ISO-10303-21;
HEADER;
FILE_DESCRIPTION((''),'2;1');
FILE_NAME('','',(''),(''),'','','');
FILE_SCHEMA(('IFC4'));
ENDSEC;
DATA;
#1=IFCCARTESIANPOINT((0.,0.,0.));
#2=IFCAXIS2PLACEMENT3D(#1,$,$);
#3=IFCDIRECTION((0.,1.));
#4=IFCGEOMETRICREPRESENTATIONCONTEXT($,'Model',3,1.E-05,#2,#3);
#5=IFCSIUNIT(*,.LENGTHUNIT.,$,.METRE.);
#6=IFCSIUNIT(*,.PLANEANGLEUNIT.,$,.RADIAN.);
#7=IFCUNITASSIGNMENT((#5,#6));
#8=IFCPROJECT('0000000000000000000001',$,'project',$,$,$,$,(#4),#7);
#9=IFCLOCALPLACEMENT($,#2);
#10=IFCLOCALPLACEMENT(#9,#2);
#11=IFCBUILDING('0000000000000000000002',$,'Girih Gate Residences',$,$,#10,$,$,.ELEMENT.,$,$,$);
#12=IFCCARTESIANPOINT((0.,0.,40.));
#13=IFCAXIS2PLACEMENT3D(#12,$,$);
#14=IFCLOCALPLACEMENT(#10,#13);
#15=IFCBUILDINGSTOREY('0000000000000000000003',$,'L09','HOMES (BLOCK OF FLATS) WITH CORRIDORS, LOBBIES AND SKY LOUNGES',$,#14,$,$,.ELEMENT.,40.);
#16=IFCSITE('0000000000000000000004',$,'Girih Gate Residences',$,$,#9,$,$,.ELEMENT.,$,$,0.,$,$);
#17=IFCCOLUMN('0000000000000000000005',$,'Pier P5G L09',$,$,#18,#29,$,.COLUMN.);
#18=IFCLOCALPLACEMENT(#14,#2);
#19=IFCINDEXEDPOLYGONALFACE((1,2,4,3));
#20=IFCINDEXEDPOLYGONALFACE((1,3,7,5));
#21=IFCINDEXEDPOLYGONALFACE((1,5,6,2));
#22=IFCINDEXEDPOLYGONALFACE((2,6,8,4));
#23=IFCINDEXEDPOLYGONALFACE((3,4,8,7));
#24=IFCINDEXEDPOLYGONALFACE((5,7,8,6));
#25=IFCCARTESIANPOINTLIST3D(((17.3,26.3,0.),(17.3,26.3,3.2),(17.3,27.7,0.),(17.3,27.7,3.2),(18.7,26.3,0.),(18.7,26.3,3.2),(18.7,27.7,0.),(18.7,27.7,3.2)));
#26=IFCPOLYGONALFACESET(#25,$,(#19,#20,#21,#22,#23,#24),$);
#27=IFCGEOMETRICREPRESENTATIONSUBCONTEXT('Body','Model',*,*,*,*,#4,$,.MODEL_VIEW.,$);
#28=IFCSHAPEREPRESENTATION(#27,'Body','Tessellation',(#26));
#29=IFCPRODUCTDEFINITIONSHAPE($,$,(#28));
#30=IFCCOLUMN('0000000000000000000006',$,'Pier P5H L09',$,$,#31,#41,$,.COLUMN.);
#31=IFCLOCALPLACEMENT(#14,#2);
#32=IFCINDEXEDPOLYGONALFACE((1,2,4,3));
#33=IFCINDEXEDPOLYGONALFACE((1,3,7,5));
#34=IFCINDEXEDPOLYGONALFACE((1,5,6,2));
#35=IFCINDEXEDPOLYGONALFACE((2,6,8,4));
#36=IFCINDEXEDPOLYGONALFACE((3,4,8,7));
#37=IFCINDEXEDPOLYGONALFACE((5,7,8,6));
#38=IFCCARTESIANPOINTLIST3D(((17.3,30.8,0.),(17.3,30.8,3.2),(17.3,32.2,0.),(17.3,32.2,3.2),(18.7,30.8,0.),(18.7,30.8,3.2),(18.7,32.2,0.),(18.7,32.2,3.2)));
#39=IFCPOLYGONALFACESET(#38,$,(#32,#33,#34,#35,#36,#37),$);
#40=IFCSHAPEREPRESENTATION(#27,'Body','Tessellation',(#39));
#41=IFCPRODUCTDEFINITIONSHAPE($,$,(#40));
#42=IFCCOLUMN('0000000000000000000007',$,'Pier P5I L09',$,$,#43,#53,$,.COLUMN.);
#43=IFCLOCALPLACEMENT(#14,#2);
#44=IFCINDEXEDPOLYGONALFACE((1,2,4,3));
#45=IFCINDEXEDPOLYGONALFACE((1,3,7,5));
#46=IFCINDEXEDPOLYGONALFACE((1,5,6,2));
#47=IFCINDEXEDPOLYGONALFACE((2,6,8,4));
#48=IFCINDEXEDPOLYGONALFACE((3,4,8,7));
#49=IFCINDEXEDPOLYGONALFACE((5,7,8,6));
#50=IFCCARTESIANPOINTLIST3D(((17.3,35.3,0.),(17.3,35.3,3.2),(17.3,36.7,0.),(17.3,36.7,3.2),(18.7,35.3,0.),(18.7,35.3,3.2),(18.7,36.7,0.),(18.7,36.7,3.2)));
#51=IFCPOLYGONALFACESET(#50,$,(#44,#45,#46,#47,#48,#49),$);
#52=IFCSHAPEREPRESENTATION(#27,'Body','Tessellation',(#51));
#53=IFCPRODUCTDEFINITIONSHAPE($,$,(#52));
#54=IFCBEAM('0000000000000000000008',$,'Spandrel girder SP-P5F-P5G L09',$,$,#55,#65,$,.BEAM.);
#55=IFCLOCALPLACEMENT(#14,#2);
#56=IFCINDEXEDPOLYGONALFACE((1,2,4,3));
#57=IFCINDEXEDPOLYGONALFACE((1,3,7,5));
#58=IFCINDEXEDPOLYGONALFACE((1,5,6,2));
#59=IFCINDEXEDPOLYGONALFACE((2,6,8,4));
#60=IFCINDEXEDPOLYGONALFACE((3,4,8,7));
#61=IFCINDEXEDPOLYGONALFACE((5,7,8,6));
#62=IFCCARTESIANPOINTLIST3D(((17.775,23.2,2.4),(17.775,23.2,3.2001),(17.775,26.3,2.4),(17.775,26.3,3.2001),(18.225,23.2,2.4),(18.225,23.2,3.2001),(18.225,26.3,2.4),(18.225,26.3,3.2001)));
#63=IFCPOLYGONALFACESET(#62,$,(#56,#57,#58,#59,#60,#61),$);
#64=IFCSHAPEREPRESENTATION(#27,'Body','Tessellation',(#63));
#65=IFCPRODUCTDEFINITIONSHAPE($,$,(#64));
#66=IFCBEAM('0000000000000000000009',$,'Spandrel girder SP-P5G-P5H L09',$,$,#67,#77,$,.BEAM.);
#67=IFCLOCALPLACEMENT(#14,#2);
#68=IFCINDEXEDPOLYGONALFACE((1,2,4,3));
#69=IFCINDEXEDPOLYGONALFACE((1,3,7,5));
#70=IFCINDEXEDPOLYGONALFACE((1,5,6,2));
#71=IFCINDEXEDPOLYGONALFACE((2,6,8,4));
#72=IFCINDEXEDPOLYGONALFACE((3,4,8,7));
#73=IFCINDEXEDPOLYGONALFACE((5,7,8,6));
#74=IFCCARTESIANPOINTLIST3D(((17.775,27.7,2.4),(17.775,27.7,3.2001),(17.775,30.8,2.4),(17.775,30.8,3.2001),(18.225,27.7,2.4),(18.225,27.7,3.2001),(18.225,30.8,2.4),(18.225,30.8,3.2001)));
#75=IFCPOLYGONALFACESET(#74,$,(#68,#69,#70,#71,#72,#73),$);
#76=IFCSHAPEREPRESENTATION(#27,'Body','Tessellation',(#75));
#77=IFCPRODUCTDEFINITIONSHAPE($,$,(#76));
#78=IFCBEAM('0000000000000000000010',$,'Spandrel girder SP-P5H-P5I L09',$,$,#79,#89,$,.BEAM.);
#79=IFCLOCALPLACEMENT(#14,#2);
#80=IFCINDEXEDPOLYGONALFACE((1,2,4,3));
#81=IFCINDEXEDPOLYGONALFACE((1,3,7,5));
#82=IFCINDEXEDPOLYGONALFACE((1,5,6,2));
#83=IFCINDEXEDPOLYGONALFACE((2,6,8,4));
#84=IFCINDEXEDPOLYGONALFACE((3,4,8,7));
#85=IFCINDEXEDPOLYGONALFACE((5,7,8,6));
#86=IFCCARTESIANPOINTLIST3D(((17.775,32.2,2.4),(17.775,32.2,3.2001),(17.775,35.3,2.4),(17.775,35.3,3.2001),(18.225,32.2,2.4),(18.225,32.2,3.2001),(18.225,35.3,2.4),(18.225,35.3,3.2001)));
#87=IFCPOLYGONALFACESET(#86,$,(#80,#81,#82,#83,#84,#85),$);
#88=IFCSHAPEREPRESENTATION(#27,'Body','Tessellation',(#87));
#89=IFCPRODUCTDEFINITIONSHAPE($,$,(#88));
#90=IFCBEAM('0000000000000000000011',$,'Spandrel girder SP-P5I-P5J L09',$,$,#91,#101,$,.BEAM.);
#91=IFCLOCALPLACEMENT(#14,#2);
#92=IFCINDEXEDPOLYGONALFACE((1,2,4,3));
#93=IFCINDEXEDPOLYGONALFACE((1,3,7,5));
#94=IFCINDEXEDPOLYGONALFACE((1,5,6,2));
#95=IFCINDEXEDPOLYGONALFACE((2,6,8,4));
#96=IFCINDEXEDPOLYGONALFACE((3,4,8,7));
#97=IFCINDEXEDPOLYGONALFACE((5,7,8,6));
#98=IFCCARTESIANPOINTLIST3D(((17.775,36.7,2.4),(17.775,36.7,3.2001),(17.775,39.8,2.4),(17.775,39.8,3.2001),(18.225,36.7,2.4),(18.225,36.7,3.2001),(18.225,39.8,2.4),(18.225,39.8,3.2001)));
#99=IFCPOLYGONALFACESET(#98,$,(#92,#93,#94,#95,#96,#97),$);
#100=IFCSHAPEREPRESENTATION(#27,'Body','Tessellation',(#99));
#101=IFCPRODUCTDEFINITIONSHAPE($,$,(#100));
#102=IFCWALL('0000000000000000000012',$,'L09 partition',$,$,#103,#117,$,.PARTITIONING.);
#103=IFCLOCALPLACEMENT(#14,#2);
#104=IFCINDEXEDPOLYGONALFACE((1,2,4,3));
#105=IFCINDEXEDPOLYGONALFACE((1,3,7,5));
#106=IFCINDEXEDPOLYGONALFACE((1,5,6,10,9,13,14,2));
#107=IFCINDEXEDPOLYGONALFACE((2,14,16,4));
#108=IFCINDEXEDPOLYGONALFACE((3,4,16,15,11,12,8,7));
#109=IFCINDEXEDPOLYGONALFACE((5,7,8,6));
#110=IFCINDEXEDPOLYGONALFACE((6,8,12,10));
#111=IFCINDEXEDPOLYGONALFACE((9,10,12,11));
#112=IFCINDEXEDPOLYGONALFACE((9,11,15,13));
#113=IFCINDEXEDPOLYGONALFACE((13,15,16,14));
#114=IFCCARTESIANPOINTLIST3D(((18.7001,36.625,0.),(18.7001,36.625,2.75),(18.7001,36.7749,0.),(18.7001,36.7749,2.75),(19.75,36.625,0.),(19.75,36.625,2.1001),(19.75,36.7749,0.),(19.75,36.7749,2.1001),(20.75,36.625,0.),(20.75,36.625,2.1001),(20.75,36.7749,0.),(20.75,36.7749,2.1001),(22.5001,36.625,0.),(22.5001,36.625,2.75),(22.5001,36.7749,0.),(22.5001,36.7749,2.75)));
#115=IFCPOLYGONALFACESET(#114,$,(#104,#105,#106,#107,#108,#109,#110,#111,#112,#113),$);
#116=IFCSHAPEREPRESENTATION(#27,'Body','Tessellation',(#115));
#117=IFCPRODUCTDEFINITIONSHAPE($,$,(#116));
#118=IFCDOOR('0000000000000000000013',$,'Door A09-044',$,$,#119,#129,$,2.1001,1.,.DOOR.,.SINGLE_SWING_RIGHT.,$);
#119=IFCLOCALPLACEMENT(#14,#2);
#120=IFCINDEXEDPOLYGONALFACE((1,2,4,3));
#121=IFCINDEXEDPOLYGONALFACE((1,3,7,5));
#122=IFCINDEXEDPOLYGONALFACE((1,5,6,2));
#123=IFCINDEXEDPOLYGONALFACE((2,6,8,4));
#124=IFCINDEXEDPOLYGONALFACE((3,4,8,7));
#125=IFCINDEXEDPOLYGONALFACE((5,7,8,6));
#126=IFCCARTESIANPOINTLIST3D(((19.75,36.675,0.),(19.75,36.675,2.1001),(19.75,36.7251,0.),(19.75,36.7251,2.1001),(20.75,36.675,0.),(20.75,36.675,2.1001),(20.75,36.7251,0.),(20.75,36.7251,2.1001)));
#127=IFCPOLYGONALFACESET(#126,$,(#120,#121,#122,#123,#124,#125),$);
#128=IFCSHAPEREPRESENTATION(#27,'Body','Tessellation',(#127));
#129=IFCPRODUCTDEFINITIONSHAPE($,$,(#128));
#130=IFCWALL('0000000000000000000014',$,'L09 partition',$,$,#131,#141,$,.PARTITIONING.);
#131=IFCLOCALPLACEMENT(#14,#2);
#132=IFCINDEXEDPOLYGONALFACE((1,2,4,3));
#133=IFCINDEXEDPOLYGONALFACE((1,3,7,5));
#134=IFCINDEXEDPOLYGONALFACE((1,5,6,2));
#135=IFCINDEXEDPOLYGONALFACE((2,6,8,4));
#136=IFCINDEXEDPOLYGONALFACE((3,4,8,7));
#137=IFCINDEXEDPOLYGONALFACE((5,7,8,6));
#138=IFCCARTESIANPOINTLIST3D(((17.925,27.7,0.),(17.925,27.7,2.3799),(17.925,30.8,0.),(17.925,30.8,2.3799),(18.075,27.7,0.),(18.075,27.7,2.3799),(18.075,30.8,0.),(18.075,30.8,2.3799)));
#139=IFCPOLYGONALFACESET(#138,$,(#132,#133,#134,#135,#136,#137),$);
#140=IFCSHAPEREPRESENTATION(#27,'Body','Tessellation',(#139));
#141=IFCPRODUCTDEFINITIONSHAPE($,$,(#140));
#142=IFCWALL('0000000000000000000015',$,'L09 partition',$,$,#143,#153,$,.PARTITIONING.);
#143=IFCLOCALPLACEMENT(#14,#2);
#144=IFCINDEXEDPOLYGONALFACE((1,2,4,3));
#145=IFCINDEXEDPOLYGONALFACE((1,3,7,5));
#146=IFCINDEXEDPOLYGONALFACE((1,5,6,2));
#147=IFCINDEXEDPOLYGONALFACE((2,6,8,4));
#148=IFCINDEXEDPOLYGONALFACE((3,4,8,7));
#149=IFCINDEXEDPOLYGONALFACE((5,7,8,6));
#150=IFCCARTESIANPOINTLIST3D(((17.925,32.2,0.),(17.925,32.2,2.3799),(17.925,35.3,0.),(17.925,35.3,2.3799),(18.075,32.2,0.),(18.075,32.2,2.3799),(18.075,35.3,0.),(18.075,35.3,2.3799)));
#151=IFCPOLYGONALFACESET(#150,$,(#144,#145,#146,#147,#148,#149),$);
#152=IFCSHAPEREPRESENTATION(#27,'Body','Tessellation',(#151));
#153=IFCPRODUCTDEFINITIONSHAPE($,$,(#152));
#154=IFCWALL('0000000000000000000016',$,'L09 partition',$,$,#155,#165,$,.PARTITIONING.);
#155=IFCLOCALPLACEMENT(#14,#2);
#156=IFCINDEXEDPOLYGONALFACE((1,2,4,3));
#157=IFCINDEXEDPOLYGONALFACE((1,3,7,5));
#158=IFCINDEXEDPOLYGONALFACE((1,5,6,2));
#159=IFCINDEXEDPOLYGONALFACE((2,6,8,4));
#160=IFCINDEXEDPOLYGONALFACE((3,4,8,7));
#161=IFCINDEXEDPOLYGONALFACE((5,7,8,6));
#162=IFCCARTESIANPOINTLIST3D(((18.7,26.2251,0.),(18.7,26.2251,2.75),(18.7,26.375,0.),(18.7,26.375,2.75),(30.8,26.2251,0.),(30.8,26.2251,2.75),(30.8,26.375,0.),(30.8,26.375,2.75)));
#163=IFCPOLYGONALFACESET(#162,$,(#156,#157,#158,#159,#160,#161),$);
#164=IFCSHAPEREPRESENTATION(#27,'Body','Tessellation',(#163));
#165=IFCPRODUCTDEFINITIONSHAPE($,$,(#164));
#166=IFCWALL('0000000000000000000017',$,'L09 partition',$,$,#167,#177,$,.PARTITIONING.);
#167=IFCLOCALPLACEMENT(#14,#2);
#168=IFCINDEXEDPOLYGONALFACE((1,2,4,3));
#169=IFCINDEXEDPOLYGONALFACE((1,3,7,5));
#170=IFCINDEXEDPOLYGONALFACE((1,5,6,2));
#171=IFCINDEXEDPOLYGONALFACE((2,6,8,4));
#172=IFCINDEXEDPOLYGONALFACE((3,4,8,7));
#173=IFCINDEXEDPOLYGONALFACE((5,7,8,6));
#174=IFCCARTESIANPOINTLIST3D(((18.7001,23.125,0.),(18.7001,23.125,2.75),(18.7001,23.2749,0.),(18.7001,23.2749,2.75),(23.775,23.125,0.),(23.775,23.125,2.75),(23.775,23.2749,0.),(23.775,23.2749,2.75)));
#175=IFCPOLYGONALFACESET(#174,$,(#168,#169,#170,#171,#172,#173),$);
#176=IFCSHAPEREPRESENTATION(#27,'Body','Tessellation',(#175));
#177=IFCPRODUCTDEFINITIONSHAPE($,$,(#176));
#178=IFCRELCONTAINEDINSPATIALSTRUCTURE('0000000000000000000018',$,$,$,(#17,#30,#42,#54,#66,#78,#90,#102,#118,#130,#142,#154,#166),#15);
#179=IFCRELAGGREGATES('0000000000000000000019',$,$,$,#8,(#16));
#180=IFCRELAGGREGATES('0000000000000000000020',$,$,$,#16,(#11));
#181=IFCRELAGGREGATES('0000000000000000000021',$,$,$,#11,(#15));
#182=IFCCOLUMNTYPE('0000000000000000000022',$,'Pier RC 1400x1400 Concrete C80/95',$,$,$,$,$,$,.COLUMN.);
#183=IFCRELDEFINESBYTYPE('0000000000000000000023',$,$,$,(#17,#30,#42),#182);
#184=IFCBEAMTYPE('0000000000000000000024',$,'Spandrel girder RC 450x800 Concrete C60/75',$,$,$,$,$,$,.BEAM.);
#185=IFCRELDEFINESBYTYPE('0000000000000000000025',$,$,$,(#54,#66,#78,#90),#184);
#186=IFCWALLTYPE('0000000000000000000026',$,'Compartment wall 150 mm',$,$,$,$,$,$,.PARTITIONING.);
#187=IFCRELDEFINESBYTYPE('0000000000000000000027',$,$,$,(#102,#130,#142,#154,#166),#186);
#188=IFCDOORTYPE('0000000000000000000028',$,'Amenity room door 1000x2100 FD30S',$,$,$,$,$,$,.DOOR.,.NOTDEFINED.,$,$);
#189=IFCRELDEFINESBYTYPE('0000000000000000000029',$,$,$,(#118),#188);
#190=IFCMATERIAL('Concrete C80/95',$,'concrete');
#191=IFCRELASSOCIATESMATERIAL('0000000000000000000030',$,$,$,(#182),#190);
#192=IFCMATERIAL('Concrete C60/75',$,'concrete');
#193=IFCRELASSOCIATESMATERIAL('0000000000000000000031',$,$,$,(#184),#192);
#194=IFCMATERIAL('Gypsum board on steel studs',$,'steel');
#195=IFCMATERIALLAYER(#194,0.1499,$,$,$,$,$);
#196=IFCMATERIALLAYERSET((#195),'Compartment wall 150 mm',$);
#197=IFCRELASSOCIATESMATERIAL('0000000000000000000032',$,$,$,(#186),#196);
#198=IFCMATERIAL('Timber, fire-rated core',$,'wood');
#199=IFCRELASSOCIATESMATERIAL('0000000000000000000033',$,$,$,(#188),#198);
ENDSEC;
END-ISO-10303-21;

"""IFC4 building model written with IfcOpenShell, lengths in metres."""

from ifc_helpers import new_model, si_unit, direction, frame, frame_2d, origin, origin_2d, place, context, subcontext, project, spatial, rectangle, extrude, material, layer, layer_set, material_profile, profile_set, type_object, element, fill, save


model = new_model("IFC4")

# Units and contexts
model_context = context("Model", 3, precision=1e-05, world=origin(), true_north=direction((0.0, 1.0)))
body_context = subcontext(model_context, "Body", "Model", "MODEL_VIEW")
ifc_project = project(units=[si_unit("LENGTHUNIT", "METRE"), si_unit("PLANEANGLEUNIT", "RADIAN")], contexts=[model_context])

# Site, building, storey
site_placement = place(None, origin())
site = spatial("IfcSite", under=ifc_project, at=site_placement, Name="Girih Gate Residences", CompositionType="ELEMENT", RefElevation=0.0)
building_placement = place(site_placement, origin())
building = spatial("IfcBuilding", under=site, at=building_placement, Name="Girih Gate Residences", CompositionType="ELEMENT")
storey_placement = place(building_placement, frame((0.0, 0.0, 40.0)))
storey = spatial("IfcBuildingStorey", under=building, at=storey_placement, Name="L09", Description="HOMES (BLOCK OF FLATS) WITH CORRIDORS, LOBBIES AND SKY LOUNGES", CompositionType="ELEMENT", Elevation=40.0)

# Columns
ifc_material_1 = material(Name="Concrete C80/95", Category="concrete")
ifc_material_profile_1 = material_profile(ifc_material_1, rectangle(XDim=1.3999, YDim=1.3999, at=origin_2d()))
ifc_profile_set_1 = profile_set([ifc_material_profile_1], Name="Concrete C80/95")
column_type = type_object("IfcColumnType", Name="Pier RC 1400x1400 Concrete C80/95", PredefinedType="COLUMN", material=ifc_profile_set_1)
for number, where, z_axis, x_axis, name in (
    (1, (18.0, 27.0, 0.0), (0.0, 0.0, 1.0), (1.0, 0.0, 0.0), "Pier P5G L09"),
    (2, (18.0, 31.5, 0.0), (0.0, 0.0, 1.0), (1.0, 0.0, 0.0), "Pier P5H L09"),
    (3, (18.0, 36.0, 0.0), (0.0, 0.0, 1.0), (1.0, 0.0, 0.0), "Pier P5I L09"),
):
    element("IfcColumn", number, at=place(storey_placement, frame(where, z_axis=z_axis, x_axis=x_axis)), inside=storey, type_object=column_type, Name=name, PredefinedType="COLUMN", context=body_context, shape_type="SweptSolid", body=[
        extrude(rectangle(XDim=1.3999, YDim=1.3999, at=origin_2d()), origin(), (0.0, 0.0, 1.0), 3.2),
    ])

# Beams
ifc_material_2 = material(Name="Concrete C60/75", Category="concrete")
ifc_material_profile_2 = material_profile(ifc_material_2, rectangle(XDim=0.45, YDim=0.8, at=origin_2d()))
ifc_profile_set_2 = profile_set([ifc_material_profile_2], Name="Concrete C60/75")
beam_type = type_object("IfcBeamType", Name="Spandrel girder RC 450x800 Concrete C60/75", PredefinedType="BEAM", material=ifc_profile_set_2)
for number, where, z_axis, x_axis, name in (
    (4, (18.0, 23.2, 2.8), (0.0, 1.0, 0.0), (-1.0, 0.0, 0.0), "Spandrel girder SP-P5F-P5G L09"),
    (5, (18.0, 27.7, 2.8), (0.0, 1.0, 0.0), (-1.0, 0.0, 0.0), "Spandrel girder SP-P5G-P5H L09"),
    (6, (18.0, 32.2, 2.8), (0.0, 1.0, 0.0), (-1.0, 0.0, 0.0), "Spandrel girder SP-P5H-P5I L09"),
    (7, (18.0, 36.7, 2.8), (0.0, 1.0, 0.0), (-1.0, 0.0, 0.0), "Spandrel girder SP-P5I-P5J L09"),
):
    element("IfcBeam", number, at=place(storey_placement, frame(where, z_axis=z_axis, x_axis=x_axis)), inside=storey, type_object=beam_type, Name=name, PredefinedType="BEAM", context=body_context, shape_type="SweptSolid", body=[
        extrude(rectangle(XDim=0.45, YDim=0.8, at=origin_2d()), origin(), (0.0, 0.0, 1.0), 3.1001),
    ])

# Wall, opening, door
ifc_material_3 = material(Name="Gypsum board on steel studs", Category="steel")
ifc_layer_1 = layer(ifc_material_3, 0.1499)
ifc_layer_set_1 = layer_set([ifc_layer_1], Name="Compartment wall 150 mm")
wall_type_1 = type_object("IfcWallType", Name="Compartment wall 150 mm", PredefinedType="PARTITIONING", material=ifc_layer_set_1)
wall_1_placement = place(storey_placement, frame((22.5, 36.7, 0.0), z_axis=(0.0, 0.0, 1.0), x_axis=(-1.0, 0.0, 0.0)))
wall_1 = element("IfcWall", 8, at=wall_1_placement, inside=storey, type_object=wall_type_1, Name="L09 partition", PredefinedType="PARTITIONING", context=body_context, shape_type="SweptSolid", body=[
    extrude(rectangle(XDim=3.8, YDim=0.1499, at=frame_2d((1.8999, 0.0))), origin(), (0.0, 0.0, 1.0), 2.75),
])
opening_1_placement = place(wall_1_placement, frame((1.75, 0.0, 0.0)))
opening_1 = element("IfcOpeningElement", 9, at=opening_1_placement, cuts=wall_1, PredefinedType="OPENING", context=body_context, shape_type="SweptSolid", body=[
    extrude(rectangle(XDim=1.0, YDim=2.1001, at=frame_2d((0.5, 1.05))), frame((0.0, 0.085, 0.0), z_axis=(0.0, -1.0, 0.0), x_axis=(1.0, 0.0, 0.0)), (0.0, 0.0, 1.0), 0.1699),
])
ifc_material_4 = material(Name="Timber, fire-rated core", Category="wood")
door_type_1 = type_object("IfcDoorType", Name="Amenity room door 1000x2100 FD30S", OperationType="NOTDEFINED", PredefinedType="DOOR", material=ifc_material_4)
door_1_placement = place(opening_1_placement, origin())
door_1 = element("IfcDoor", 10, at=door_1_placement, inside=storey, type_object=door_type_1, Name="Door A09-044", OperationType="SINGLE_SWING_RIGHT", OverallHeight=2.1001, OverallWidth=1.0, PredefinedType="DOOR", context=body_context, shape_type="SweptSolid", body=[
    extrude(rectangle(XDim=1.0, YDim=2.1001, at=frame_2d((0.5, 1.05))), frame((0.0, 0.0249, 0.0), z_axis=(0.0, -1.0, 0.0), x_axis=(1.0, 0.0, 0.0)), (0.0, 0.0, 1.0), 0.05),
])
fill(opening_1, door_1)

# Walls
for number, where, z_axis, x_axis, name in (
    (11, (18.0, 27.7, 0.0), (0.0, 0.0, 1.0), (0.0, 1.0, 0.0), "L09 partition"),
    (12, (18.0, 32.2, 0.0), (0.0, 0.0, 1.0), (0.0, 1.0, 0.0), "L09 partition"),
):
    element("IfcWall", number, at=place(storey_placement, frame(where, z_axis=z_axis, x_axis=x_axis)), inside=storey, type_object=wall_type_1, Name=name, PredefinedType="PARTITIONING", context=body_context, shape_type="SweptSolid", body=[
        extrude(rectangle(XDim=3.1001, YDim=0.1499, at=frame_2d((1.55, 0.0))), origin(), (0.0, 0.0, 1.0), 2.3799),
    ])
wall_2_placement = place(storey_placement, frame((18.7, 26.3, 0.0), z_axis=(0.0, 0.0, 1.0), x_axis=(1.0, 0.0, 0.0)))
element("IfcWall", 13, at=wall_2_placement, inside=storey, type_object=wall_type_1, Name="L09 partition", PredefinedType="PARTITIONING", context=body_context, shape_type="SweptSolid", body=[
    extrude(rectangle(XDim=12.1001, YDim=0.1499, at=frame_2d((6.05, 0.0))), origin(), (0.0, 0.0, 1.0), 2.75),
])
wall_3_placement = place(storey_placement, frame((18.7, 23.2, 0.0), z_axis=(0.0, 0.0, 1.0), x_axis=(1.0, 0.0, 0.0)))
element("IfcWall", 14, at=wall_3_placement, inside=storey, type_object=wall_type_1, Name="L09 partition", PredefinedType="PARTITIONING", context=body_context, shape_type="SweptSolid", body=[
    extrude(rectangle(XDim=5.075, YDim=0.1499, at=frame_2d((2.5376, 0.0))), origin(), (0.0, 0.0, 1.0), 2.75),
])

save(model, "model.ifc")
